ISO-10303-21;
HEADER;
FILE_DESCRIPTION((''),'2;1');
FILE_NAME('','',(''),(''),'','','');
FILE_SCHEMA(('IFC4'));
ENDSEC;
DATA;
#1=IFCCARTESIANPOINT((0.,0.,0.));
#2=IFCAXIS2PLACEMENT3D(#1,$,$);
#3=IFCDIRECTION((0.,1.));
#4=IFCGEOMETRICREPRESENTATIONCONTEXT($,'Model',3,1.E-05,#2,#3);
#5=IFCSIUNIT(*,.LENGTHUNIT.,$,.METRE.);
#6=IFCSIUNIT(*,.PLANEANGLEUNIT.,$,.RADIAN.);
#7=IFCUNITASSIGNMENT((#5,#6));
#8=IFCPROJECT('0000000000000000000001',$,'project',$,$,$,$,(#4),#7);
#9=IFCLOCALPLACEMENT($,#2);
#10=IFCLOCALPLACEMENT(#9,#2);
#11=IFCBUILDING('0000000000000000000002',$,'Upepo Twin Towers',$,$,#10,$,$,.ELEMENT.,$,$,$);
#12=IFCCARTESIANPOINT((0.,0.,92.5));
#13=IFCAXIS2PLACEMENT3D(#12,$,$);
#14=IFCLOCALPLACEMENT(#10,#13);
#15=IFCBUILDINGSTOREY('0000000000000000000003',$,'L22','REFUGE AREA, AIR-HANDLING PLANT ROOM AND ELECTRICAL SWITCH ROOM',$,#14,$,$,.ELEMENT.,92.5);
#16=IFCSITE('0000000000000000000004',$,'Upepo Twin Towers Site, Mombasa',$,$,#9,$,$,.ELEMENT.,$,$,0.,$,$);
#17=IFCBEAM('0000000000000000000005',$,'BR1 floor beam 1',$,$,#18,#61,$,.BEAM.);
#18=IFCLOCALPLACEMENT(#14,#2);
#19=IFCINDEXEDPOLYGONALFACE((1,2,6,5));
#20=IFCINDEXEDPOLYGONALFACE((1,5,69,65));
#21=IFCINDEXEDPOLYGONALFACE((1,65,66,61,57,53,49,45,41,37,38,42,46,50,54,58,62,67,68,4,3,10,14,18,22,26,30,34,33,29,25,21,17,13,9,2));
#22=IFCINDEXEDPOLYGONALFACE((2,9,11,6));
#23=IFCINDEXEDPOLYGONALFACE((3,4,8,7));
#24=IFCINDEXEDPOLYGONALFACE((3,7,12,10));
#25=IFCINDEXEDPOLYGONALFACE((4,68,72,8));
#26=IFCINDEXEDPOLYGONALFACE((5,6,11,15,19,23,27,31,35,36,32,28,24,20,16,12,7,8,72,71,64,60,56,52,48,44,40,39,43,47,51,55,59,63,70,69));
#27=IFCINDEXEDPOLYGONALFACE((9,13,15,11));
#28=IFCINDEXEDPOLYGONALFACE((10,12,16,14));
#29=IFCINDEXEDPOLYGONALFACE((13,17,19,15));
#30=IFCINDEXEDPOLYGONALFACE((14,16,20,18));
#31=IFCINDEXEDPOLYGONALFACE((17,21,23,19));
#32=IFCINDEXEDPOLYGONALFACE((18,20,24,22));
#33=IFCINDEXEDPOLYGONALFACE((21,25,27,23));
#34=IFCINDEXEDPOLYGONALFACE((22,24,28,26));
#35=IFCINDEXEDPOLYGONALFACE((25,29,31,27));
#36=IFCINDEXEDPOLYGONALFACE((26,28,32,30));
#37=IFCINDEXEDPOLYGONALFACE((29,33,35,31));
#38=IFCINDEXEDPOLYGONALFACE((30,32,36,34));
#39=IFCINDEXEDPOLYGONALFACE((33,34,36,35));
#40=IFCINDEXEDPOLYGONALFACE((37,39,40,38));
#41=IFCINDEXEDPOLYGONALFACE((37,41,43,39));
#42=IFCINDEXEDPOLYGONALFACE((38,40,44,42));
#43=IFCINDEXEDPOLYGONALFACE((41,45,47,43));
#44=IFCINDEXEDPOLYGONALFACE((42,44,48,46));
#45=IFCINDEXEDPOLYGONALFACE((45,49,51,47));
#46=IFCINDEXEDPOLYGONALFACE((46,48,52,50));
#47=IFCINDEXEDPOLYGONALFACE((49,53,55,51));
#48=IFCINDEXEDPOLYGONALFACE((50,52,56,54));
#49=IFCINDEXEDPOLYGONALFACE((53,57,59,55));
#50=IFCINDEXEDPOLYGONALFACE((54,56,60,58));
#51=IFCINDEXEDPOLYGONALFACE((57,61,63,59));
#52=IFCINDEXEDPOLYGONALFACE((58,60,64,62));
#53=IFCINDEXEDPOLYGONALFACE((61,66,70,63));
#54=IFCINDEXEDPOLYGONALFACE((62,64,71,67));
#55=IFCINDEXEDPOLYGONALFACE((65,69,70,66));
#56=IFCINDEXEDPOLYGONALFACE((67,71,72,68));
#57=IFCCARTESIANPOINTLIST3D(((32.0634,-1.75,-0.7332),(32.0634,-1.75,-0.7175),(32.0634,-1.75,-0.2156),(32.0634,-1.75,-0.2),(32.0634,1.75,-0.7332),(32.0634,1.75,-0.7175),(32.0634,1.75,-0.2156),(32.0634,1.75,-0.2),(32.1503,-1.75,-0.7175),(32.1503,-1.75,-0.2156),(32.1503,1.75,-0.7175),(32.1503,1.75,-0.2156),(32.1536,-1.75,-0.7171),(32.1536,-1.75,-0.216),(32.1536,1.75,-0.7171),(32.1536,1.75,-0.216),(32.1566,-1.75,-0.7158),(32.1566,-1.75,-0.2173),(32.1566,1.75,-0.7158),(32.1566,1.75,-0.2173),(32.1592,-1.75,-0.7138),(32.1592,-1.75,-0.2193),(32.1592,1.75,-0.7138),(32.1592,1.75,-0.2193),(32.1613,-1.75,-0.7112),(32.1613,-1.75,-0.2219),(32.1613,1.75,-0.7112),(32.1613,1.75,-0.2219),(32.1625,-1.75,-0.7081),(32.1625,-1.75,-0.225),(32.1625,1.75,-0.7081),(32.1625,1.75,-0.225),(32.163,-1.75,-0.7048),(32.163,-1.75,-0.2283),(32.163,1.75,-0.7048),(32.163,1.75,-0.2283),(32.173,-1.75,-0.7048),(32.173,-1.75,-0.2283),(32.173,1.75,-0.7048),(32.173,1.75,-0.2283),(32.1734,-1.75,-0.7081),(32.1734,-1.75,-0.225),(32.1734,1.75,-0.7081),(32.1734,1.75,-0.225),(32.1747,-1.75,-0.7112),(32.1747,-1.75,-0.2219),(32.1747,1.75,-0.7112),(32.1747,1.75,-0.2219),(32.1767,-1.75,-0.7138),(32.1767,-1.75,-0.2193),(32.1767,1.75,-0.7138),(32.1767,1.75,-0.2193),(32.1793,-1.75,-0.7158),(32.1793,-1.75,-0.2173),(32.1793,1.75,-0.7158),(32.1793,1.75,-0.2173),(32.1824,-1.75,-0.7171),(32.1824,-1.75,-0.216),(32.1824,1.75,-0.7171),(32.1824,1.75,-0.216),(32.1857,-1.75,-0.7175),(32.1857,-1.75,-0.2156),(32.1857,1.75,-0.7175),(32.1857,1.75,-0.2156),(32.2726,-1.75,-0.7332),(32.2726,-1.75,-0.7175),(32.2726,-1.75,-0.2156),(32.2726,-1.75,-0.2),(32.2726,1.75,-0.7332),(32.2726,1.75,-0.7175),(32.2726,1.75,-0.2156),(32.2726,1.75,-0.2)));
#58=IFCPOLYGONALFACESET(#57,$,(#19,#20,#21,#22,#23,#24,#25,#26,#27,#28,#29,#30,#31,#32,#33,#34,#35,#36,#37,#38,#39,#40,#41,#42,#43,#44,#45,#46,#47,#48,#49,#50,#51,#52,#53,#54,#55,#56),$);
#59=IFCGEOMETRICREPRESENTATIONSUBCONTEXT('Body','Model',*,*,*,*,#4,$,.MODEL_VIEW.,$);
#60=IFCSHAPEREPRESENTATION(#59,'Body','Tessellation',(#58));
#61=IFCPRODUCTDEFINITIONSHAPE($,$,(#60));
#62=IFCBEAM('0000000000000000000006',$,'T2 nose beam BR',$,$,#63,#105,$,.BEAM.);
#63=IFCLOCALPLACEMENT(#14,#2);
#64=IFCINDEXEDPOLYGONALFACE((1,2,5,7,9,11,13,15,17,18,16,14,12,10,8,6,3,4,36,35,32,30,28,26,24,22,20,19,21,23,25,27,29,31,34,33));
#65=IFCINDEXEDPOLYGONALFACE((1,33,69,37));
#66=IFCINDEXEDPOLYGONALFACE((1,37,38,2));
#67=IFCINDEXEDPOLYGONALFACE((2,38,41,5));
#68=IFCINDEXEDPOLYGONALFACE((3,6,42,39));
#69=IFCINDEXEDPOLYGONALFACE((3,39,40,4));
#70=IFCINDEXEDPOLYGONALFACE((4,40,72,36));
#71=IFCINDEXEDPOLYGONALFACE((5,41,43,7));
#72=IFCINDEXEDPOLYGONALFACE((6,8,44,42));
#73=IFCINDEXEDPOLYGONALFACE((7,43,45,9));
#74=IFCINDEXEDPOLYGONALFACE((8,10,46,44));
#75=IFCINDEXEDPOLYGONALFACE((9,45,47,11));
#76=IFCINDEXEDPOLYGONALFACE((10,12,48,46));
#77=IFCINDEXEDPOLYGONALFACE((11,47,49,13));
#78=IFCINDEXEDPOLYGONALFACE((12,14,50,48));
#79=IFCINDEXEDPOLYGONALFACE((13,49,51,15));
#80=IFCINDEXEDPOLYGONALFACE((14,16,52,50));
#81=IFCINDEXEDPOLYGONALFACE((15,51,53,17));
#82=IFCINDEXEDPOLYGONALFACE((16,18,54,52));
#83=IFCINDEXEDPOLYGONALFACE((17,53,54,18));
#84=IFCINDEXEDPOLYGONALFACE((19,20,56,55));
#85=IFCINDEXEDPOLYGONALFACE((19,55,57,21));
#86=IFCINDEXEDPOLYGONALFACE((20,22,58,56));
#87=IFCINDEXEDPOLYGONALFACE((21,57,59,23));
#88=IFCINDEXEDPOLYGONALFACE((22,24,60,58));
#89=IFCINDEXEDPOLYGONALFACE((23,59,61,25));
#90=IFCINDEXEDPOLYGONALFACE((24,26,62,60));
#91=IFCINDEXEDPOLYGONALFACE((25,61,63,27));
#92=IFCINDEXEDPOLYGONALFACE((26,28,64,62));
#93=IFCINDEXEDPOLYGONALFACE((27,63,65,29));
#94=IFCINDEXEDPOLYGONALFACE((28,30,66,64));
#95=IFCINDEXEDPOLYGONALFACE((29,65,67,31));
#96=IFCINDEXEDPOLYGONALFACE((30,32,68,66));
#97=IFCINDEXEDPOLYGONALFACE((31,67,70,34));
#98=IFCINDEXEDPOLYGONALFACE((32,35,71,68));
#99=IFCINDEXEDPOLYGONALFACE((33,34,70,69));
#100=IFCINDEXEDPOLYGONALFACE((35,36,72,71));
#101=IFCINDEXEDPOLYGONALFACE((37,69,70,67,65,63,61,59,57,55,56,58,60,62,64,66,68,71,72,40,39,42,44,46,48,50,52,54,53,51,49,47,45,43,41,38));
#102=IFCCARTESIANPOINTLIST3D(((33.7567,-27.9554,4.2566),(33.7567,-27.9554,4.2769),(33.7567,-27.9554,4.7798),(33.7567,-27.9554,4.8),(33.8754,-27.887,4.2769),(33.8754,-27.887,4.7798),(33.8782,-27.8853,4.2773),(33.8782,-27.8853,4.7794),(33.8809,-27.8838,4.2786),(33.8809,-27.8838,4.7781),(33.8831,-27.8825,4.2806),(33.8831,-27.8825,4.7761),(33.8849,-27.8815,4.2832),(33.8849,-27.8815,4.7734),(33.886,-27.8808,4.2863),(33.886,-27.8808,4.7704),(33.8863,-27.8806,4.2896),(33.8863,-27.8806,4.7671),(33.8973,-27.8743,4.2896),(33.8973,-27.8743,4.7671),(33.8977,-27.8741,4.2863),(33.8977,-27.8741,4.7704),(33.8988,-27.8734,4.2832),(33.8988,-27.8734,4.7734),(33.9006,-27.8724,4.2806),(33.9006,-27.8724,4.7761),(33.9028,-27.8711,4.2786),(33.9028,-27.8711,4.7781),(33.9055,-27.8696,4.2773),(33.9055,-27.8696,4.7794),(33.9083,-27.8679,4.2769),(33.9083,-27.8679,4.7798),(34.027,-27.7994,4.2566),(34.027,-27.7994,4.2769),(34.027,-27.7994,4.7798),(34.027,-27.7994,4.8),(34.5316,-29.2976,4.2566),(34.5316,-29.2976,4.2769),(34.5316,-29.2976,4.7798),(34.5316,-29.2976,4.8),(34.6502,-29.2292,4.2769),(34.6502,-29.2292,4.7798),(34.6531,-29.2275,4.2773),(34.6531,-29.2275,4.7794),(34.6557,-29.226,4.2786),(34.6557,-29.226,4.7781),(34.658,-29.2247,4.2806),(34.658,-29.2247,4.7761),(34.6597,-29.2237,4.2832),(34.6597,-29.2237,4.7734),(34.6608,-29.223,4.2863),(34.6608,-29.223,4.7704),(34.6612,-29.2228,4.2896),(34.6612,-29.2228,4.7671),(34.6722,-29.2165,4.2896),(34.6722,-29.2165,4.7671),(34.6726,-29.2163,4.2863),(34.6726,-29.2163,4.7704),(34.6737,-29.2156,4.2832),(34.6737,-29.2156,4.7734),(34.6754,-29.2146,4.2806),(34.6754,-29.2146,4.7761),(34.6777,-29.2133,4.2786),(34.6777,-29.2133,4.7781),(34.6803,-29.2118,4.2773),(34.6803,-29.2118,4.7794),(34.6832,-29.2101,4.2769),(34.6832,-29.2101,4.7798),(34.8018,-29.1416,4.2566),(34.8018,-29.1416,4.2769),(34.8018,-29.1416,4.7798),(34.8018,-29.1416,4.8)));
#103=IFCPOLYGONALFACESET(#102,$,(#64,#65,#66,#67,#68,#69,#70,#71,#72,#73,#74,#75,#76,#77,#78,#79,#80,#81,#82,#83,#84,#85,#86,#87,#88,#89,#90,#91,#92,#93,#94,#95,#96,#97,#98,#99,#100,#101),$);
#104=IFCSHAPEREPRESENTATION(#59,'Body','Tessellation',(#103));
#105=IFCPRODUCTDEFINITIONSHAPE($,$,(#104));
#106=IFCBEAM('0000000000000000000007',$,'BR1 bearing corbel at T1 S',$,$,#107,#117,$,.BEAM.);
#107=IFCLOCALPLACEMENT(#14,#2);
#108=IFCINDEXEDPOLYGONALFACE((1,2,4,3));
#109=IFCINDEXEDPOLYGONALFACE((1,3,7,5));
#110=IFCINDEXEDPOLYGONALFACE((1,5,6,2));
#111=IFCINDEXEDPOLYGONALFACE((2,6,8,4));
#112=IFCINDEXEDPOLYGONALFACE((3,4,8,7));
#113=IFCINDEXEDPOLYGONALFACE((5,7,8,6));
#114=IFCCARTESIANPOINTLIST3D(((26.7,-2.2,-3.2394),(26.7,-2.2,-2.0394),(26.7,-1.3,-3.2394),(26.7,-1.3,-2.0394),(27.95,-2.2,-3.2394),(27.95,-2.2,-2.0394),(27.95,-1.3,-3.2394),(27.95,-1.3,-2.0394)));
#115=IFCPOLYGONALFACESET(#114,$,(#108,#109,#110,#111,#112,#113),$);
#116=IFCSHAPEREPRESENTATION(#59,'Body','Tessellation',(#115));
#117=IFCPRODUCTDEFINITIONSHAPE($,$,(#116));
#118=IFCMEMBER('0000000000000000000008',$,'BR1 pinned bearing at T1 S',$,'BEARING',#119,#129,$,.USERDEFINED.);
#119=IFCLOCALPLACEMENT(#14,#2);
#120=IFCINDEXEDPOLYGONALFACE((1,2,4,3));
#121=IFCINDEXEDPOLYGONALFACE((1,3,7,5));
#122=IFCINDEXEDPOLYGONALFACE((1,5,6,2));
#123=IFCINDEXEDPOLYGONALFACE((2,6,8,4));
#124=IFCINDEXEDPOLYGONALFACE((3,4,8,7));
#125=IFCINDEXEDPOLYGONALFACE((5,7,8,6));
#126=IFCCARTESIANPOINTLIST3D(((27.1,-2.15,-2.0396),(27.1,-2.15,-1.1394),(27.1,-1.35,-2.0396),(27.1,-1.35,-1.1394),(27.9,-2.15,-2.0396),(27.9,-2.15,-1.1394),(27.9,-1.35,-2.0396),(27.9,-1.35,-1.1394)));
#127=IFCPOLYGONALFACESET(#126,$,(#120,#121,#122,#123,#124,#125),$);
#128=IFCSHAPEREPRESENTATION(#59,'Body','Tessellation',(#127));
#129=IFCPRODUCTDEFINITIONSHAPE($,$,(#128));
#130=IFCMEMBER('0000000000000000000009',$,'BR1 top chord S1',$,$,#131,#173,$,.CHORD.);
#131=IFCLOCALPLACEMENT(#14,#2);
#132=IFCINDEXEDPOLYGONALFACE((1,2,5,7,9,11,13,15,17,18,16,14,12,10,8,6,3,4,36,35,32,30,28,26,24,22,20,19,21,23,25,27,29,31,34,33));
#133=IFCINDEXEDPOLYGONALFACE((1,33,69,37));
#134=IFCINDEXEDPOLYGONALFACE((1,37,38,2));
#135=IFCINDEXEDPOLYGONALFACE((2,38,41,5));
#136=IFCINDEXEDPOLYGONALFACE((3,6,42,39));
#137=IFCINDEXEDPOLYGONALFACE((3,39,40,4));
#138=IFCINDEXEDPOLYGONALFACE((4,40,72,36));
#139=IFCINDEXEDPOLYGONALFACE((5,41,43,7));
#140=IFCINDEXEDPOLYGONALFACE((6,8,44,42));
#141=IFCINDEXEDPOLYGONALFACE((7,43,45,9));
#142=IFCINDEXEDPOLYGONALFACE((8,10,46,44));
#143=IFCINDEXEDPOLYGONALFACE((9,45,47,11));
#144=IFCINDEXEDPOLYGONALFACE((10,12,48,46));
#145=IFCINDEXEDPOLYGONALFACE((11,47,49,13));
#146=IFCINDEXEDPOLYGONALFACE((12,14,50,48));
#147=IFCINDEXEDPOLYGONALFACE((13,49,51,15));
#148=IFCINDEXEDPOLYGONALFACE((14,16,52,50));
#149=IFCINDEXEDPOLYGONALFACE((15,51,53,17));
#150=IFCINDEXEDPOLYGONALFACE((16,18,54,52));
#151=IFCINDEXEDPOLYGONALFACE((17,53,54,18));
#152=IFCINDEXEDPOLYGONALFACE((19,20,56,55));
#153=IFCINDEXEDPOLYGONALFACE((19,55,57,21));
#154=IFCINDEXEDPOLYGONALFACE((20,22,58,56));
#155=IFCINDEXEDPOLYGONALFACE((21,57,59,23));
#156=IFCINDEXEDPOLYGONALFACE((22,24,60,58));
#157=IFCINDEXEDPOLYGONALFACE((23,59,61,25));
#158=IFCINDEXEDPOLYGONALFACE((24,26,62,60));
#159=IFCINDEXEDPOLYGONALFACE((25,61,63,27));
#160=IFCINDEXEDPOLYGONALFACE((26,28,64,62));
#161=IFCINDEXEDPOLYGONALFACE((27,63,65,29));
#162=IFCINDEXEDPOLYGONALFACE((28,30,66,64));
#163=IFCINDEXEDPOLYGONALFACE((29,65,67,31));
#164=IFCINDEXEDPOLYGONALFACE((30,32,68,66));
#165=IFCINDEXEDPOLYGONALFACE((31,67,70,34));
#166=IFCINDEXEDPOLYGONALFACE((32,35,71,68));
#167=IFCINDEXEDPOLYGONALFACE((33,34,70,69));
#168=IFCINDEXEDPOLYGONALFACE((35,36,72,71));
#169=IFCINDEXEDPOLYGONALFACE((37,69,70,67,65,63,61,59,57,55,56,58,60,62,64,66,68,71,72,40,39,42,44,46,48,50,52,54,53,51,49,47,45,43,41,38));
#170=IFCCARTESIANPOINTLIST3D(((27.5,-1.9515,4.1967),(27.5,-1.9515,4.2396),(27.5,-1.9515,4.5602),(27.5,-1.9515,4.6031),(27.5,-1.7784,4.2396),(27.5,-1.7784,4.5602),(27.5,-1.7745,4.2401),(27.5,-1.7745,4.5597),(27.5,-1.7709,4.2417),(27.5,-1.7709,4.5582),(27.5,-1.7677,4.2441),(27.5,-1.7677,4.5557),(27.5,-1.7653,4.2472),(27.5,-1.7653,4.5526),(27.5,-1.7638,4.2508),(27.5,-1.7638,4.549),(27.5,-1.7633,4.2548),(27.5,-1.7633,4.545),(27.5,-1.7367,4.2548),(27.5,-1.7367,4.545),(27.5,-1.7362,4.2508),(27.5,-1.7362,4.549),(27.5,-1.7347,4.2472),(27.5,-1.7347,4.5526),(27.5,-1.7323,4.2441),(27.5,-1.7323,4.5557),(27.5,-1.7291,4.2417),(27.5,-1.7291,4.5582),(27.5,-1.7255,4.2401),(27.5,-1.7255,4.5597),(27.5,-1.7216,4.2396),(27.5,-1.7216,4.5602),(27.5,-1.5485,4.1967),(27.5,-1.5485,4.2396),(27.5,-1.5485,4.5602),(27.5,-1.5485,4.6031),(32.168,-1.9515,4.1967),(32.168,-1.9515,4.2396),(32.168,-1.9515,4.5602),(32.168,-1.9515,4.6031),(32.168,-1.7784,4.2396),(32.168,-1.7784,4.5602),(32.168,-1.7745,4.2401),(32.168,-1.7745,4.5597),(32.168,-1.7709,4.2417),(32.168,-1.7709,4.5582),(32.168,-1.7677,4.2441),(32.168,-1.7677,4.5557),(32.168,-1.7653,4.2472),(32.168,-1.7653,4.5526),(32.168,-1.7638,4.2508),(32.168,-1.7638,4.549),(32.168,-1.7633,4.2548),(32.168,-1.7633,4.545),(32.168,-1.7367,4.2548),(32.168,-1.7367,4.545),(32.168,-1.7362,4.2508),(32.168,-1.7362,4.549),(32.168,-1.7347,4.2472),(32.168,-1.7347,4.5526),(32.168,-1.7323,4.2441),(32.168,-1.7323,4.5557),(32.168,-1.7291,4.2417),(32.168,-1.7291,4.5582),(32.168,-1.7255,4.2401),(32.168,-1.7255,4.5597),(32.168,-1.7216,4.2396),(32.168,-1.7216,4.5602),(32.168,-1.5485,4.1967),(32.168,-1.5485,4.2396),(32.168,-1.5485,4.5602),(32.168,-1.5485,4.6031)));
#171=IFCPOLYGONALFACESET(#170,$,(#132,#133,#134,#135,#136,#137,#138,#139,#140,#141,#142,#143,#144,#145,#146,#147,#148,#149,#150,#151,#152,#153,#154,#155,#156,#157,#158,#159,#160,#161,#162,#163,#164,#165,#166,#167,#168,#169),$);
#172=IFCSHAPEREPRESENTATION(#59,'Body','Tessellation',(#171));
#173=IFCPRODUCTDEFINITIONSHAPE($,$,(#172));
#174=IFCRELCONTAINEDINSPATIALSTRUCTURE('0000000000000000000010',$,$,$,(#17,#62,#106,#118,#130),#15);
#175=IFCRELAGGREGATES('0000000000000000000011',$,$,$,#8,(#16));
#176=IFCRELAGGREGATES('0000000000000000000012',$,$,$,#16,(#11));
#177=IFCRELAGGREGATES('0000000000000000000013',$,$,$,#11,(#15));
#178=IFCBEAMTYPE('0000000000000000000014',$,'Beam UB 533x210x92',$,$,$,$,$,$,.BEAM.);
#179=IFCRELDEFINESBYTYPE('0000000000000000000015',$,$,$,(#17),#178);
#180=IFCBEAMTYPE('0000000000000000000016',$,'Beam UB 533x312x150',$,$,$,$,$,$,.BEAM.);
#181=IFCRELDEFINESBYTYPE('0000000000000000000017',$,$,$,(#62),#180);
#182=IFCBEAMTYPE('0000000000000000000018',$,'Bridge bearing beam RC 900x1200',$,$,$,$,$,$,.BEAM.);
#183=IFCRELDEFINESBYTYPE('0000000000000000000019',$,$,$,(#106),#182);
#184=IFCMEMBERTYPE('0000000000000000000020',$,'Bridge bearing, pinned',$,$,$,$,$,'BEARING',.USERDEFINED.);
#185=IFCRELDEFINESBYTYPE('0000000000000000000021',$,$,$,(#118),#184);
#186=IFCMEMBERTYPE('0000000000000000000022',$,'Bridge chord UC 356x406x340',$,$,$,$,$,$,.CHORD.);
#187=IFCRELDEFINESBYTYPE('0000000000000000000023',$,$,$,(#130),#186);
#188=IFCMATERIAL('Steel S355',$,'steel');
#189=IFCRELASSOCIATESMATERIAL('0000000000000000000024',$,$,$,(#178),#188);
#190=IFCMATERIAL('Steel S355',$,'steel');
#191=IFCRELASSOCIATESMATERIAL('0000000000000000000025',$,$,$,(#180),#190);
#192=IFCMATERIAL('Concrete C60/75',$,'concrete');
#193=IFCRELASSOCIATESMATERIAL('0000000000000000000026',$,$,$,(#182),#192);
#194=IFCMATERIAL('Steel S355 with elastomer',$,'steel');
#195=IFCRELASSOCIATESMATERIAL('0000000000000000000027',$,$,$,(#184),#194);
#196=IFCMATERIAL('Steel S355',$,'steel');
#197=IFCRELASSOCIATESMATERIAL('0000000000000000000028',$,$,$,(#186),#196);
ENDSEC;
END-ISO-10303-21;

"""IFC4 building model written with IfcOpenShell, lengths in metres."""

from ifc_helpers import new_model, si_unit, direction, frame, origin, origin_2d, place, context, subcontext, project, spatial, rectangle, i_section, extrude, material, material_profile, profile_set, type_object, element, save


model = new_model("IFC4")

# Units and contexts
model_context = context("Model", 3, precision=1e-05, world=origin(), true_north=direction((0.0, 1.0)))
body_context = subcontext(model_context, "Body", "Model", "MODEL_VIEW")
ifc_project = project(units=[si_unit("LENGTHUNIT", "METRE"), si_unit("PLANEANGLEUNIT", "RADIAN")], contexts=[model_context])

# Site, building, storey
site_placement = place(None, origin())
site = spatial("IfcSite", under=ifc_project, at=site_placement, Name="Upepo Twin Towers Site, Mombasa", CompositionType="ELEMENT", RefElevation=0.0)
building_placement = place(site_placement, origin())
building = spatial("IfcBuilding", under=site, at=building_placement, Name="Upepo Twin Towers", CompositionType="ELEMENT")
storey_placement = place(building_placement, frame((0.0, 0.0, 92.5)))
storey = spatial("IfcBuildingStorey", under=building, at=storey_placement, Name="L22", Description="REFUGE AREA, AIR-HANDLING PLANT ROOM AND ELECTRICAL SWITCH ROOM", CompositionType="ELEMENT", Elevation=92.5)

# Beams
ifc_material_1 = material(Name="Steel S355", Category="steel")
ifc_material_profile_1 = material_profile(ifc_material_1, i_section(OverallWidth=0.2092, OverallDepth=0.5332, WebThickness=0.01, FlangeThickness=0.0156, FilletRadius=0.0127, at=origin_2d()), Name="UB 533x210x92")
ifc_profile_set_1 = profile_set([ifc_material_profile_1], Name="Steel S355")
beam_type_1 = type_object("IfcBeamType", Name="Beam UB 533x210x92", PredefinedType="BEAM", material=ifc_profile_set_1)
for number, where, z_axis, x_axis, name in (
    (1, (32.168, -1.75, -0.4666), (0.0, 1.0, 0.0), (-1.0, 0.0, 0.0), "BR1 floor beam 1"),
):
    element("IfcBeam", number, at=place(storey_placement, frame(where, z_axis=z_axis, x_axis=x_axis)), inside=storey, type_object=beam_type_1, Name=name, PredefinedType="BEAM", context=body_context, shape_type="SweptSolid", body=[
        extrude(i_section(OverallWidth=0.2092, OverallDepth=0.5332, WebThickness=0.01, FlangeThickness=0.0156, FilletRadius=0.0127, at=origin_2d()), origin(), (0.0, 0.0, 1.0), 3.5),
    ])
ifc_material_2 = material(Name="Steel S355", Category="steel")
ifc_material_profile_2 = material_profile(ifc_material_2, i_section(OverallWidth=0.312, OverallDepth=0.5435, WebThickness=0.0127, FlangeThickness=0.0203, FilletRadius=0.0127, at=origin_2d()), Name="UB 533x312x150")
ifc_profile_set_2 = profile_set([ifc_material_profile_2], Name="Steel S355")
beam_type_2 = type_object("IfcBeamType", Name="Beam UB 533x312x150", PredefinedType="BEAM", material=ifc_profile_set_2)
beam_1_placement = place(storey_placement, frame((33.8918, -27.8774, 4.5283), z_axis=(0.499968, -0.866044, 0.0), x_axis=(0.866044, 0.499968, 0.0)))
element("IfcBeam", 2, at=beam_1_placement, inside=storey, type_object=beam_type_2, Name="T2 nose beam BR", PredefinedType="BEAM", context=body_context, shape_type="SweptSolid", body=[
    extrude(i_section(OverallWidth=0.312, OverallDepth=0.5435, WebThickness=0.0127, FlangeThickness=0.0203, FilletRadius=0.0127, at=origin_2d()), origin(), (0.0, 0.0, 1.0), 1.5498),
])
ifc_material_3 = material(Name="Concrete C60/75", Category="concrete")
ifc_material_profile_3 = material_profile(ifc_material_3, rectangle(XDim=0.8999, YDim=1.2, at=origin_2d()), Name="RC 900x1200")
ifc_profile_set_3 = profile_set([ifc_material_profile_3], Name="Concrete C60/75")
beam_type_3 = type_object("IfcBeamType", Name="Bridge bearing beam RC 900x1200", PredefinedType="BEAM", material=ifc_profile_set_3)
beam_2_placement = place(storey_placement, frame((26.7, -1.75, -2.6394), z_axis=(1.0, 0.0, 0.0), x_axis=(0.0, 1.0, 0.0)))
element("IfcBeam", 3, at=beam_2_placement, inside=storey, type_object=beam_type_3, Name="BR1 bearing corbel at T1 S", PredefinedType="BEAM", context=body_context, shape_type="SweptSolid", body=[
    extrude(rectangle(XDim=0.8999, YDim=1.2, at=origin_2d()), origin(), (0.0, 0.0, 1.0), 1.25),
])

# Members
ifc_material_4 = material(Name="Steel S355 with elastomer", Category="steel")
ifc_material_profile_4 = material_profile(ifc_material_4, rectangle(XDim=0.8, YDim=0.8, at=origin_2d()), Name="BEARING 800x800 PINNED")
ifc_profile_set_4 = profile_set([ifc_material_profile_4], Name="Steel S355 with elastomer")
member_type_1 = type_object("IfcMemberType", Name="Bridge bearing, pinned", ElementType="BEARING", PredefinedType="USERDEFINED", material=ifc_profile_set_4)
member_1_placement = place(storey_placement, frame((27.5, -1.75, -2.0396), z_axis=(0.0, 0.0, 1.0), x_axis=(1.0, 0.0, 0.0)))
element("IfcMember", 4, at=member_1_placement, inside=storey, type_object=member_type_1, Name="BR1 pinned bearing at T1 S", ObjectType="BEARING", PredefinedType="USERDEFINED", context=body_context, shape_type="SweptSolid", body=[
    extrude(rectangle(XDim=0.8, YDim=0.8, at=origin_2d()), origin(), (0.0, 0.0, 1.0), 0.9001),
])
ifc_material_5 = material(Name="Steel S355", Category="steel")
ifc_material_profile_5 = material_profile(ifc_material_5, i_section(OverallWidth=0.4031, OverallDepth=0.4065, WebThickness=0.0266, FlangeThickness=0.043, FilletRadius=0.0151, at=origin_2d()), Name="UC 356x406x340")
ifc_profile_set_5 = profile_set([ifc_material_profile_5], Name="Steel S355")
member_type_2 = type_object("IfcMemberType", Name="Bridge chord UC 356x406x340", PredefinedType="CHORD", material=ifc_profile_set_5)
for number, where, z_axis, x_axis, name in (
    (5, (27.5, -1.75, 4.3999), (1.0, 0.0, 0.0), (0.0, 1.0, 0.0), "BR1 top chord S1"),
):
    element("IfcMember", number, at=place(storey_placement, frame(where, z_axis=z_axis, x_axis=x_axis)), inside=storey, type_object=member_type_2, Name=name, PredefinedType="CHORD", context=body_context, shape_type="SweptSolid", body=[
        extrude(i_section(OverallWidth=0.4031, OverallDepth=0.4065, WebThickness=0.0266, FlangeThickness=0.043, FilletRadius=0.0151, at=origin_2d()), origin(), (0.0, 0.0, 1.0), 4.668),
    ])

save(model, "model.ifc")
